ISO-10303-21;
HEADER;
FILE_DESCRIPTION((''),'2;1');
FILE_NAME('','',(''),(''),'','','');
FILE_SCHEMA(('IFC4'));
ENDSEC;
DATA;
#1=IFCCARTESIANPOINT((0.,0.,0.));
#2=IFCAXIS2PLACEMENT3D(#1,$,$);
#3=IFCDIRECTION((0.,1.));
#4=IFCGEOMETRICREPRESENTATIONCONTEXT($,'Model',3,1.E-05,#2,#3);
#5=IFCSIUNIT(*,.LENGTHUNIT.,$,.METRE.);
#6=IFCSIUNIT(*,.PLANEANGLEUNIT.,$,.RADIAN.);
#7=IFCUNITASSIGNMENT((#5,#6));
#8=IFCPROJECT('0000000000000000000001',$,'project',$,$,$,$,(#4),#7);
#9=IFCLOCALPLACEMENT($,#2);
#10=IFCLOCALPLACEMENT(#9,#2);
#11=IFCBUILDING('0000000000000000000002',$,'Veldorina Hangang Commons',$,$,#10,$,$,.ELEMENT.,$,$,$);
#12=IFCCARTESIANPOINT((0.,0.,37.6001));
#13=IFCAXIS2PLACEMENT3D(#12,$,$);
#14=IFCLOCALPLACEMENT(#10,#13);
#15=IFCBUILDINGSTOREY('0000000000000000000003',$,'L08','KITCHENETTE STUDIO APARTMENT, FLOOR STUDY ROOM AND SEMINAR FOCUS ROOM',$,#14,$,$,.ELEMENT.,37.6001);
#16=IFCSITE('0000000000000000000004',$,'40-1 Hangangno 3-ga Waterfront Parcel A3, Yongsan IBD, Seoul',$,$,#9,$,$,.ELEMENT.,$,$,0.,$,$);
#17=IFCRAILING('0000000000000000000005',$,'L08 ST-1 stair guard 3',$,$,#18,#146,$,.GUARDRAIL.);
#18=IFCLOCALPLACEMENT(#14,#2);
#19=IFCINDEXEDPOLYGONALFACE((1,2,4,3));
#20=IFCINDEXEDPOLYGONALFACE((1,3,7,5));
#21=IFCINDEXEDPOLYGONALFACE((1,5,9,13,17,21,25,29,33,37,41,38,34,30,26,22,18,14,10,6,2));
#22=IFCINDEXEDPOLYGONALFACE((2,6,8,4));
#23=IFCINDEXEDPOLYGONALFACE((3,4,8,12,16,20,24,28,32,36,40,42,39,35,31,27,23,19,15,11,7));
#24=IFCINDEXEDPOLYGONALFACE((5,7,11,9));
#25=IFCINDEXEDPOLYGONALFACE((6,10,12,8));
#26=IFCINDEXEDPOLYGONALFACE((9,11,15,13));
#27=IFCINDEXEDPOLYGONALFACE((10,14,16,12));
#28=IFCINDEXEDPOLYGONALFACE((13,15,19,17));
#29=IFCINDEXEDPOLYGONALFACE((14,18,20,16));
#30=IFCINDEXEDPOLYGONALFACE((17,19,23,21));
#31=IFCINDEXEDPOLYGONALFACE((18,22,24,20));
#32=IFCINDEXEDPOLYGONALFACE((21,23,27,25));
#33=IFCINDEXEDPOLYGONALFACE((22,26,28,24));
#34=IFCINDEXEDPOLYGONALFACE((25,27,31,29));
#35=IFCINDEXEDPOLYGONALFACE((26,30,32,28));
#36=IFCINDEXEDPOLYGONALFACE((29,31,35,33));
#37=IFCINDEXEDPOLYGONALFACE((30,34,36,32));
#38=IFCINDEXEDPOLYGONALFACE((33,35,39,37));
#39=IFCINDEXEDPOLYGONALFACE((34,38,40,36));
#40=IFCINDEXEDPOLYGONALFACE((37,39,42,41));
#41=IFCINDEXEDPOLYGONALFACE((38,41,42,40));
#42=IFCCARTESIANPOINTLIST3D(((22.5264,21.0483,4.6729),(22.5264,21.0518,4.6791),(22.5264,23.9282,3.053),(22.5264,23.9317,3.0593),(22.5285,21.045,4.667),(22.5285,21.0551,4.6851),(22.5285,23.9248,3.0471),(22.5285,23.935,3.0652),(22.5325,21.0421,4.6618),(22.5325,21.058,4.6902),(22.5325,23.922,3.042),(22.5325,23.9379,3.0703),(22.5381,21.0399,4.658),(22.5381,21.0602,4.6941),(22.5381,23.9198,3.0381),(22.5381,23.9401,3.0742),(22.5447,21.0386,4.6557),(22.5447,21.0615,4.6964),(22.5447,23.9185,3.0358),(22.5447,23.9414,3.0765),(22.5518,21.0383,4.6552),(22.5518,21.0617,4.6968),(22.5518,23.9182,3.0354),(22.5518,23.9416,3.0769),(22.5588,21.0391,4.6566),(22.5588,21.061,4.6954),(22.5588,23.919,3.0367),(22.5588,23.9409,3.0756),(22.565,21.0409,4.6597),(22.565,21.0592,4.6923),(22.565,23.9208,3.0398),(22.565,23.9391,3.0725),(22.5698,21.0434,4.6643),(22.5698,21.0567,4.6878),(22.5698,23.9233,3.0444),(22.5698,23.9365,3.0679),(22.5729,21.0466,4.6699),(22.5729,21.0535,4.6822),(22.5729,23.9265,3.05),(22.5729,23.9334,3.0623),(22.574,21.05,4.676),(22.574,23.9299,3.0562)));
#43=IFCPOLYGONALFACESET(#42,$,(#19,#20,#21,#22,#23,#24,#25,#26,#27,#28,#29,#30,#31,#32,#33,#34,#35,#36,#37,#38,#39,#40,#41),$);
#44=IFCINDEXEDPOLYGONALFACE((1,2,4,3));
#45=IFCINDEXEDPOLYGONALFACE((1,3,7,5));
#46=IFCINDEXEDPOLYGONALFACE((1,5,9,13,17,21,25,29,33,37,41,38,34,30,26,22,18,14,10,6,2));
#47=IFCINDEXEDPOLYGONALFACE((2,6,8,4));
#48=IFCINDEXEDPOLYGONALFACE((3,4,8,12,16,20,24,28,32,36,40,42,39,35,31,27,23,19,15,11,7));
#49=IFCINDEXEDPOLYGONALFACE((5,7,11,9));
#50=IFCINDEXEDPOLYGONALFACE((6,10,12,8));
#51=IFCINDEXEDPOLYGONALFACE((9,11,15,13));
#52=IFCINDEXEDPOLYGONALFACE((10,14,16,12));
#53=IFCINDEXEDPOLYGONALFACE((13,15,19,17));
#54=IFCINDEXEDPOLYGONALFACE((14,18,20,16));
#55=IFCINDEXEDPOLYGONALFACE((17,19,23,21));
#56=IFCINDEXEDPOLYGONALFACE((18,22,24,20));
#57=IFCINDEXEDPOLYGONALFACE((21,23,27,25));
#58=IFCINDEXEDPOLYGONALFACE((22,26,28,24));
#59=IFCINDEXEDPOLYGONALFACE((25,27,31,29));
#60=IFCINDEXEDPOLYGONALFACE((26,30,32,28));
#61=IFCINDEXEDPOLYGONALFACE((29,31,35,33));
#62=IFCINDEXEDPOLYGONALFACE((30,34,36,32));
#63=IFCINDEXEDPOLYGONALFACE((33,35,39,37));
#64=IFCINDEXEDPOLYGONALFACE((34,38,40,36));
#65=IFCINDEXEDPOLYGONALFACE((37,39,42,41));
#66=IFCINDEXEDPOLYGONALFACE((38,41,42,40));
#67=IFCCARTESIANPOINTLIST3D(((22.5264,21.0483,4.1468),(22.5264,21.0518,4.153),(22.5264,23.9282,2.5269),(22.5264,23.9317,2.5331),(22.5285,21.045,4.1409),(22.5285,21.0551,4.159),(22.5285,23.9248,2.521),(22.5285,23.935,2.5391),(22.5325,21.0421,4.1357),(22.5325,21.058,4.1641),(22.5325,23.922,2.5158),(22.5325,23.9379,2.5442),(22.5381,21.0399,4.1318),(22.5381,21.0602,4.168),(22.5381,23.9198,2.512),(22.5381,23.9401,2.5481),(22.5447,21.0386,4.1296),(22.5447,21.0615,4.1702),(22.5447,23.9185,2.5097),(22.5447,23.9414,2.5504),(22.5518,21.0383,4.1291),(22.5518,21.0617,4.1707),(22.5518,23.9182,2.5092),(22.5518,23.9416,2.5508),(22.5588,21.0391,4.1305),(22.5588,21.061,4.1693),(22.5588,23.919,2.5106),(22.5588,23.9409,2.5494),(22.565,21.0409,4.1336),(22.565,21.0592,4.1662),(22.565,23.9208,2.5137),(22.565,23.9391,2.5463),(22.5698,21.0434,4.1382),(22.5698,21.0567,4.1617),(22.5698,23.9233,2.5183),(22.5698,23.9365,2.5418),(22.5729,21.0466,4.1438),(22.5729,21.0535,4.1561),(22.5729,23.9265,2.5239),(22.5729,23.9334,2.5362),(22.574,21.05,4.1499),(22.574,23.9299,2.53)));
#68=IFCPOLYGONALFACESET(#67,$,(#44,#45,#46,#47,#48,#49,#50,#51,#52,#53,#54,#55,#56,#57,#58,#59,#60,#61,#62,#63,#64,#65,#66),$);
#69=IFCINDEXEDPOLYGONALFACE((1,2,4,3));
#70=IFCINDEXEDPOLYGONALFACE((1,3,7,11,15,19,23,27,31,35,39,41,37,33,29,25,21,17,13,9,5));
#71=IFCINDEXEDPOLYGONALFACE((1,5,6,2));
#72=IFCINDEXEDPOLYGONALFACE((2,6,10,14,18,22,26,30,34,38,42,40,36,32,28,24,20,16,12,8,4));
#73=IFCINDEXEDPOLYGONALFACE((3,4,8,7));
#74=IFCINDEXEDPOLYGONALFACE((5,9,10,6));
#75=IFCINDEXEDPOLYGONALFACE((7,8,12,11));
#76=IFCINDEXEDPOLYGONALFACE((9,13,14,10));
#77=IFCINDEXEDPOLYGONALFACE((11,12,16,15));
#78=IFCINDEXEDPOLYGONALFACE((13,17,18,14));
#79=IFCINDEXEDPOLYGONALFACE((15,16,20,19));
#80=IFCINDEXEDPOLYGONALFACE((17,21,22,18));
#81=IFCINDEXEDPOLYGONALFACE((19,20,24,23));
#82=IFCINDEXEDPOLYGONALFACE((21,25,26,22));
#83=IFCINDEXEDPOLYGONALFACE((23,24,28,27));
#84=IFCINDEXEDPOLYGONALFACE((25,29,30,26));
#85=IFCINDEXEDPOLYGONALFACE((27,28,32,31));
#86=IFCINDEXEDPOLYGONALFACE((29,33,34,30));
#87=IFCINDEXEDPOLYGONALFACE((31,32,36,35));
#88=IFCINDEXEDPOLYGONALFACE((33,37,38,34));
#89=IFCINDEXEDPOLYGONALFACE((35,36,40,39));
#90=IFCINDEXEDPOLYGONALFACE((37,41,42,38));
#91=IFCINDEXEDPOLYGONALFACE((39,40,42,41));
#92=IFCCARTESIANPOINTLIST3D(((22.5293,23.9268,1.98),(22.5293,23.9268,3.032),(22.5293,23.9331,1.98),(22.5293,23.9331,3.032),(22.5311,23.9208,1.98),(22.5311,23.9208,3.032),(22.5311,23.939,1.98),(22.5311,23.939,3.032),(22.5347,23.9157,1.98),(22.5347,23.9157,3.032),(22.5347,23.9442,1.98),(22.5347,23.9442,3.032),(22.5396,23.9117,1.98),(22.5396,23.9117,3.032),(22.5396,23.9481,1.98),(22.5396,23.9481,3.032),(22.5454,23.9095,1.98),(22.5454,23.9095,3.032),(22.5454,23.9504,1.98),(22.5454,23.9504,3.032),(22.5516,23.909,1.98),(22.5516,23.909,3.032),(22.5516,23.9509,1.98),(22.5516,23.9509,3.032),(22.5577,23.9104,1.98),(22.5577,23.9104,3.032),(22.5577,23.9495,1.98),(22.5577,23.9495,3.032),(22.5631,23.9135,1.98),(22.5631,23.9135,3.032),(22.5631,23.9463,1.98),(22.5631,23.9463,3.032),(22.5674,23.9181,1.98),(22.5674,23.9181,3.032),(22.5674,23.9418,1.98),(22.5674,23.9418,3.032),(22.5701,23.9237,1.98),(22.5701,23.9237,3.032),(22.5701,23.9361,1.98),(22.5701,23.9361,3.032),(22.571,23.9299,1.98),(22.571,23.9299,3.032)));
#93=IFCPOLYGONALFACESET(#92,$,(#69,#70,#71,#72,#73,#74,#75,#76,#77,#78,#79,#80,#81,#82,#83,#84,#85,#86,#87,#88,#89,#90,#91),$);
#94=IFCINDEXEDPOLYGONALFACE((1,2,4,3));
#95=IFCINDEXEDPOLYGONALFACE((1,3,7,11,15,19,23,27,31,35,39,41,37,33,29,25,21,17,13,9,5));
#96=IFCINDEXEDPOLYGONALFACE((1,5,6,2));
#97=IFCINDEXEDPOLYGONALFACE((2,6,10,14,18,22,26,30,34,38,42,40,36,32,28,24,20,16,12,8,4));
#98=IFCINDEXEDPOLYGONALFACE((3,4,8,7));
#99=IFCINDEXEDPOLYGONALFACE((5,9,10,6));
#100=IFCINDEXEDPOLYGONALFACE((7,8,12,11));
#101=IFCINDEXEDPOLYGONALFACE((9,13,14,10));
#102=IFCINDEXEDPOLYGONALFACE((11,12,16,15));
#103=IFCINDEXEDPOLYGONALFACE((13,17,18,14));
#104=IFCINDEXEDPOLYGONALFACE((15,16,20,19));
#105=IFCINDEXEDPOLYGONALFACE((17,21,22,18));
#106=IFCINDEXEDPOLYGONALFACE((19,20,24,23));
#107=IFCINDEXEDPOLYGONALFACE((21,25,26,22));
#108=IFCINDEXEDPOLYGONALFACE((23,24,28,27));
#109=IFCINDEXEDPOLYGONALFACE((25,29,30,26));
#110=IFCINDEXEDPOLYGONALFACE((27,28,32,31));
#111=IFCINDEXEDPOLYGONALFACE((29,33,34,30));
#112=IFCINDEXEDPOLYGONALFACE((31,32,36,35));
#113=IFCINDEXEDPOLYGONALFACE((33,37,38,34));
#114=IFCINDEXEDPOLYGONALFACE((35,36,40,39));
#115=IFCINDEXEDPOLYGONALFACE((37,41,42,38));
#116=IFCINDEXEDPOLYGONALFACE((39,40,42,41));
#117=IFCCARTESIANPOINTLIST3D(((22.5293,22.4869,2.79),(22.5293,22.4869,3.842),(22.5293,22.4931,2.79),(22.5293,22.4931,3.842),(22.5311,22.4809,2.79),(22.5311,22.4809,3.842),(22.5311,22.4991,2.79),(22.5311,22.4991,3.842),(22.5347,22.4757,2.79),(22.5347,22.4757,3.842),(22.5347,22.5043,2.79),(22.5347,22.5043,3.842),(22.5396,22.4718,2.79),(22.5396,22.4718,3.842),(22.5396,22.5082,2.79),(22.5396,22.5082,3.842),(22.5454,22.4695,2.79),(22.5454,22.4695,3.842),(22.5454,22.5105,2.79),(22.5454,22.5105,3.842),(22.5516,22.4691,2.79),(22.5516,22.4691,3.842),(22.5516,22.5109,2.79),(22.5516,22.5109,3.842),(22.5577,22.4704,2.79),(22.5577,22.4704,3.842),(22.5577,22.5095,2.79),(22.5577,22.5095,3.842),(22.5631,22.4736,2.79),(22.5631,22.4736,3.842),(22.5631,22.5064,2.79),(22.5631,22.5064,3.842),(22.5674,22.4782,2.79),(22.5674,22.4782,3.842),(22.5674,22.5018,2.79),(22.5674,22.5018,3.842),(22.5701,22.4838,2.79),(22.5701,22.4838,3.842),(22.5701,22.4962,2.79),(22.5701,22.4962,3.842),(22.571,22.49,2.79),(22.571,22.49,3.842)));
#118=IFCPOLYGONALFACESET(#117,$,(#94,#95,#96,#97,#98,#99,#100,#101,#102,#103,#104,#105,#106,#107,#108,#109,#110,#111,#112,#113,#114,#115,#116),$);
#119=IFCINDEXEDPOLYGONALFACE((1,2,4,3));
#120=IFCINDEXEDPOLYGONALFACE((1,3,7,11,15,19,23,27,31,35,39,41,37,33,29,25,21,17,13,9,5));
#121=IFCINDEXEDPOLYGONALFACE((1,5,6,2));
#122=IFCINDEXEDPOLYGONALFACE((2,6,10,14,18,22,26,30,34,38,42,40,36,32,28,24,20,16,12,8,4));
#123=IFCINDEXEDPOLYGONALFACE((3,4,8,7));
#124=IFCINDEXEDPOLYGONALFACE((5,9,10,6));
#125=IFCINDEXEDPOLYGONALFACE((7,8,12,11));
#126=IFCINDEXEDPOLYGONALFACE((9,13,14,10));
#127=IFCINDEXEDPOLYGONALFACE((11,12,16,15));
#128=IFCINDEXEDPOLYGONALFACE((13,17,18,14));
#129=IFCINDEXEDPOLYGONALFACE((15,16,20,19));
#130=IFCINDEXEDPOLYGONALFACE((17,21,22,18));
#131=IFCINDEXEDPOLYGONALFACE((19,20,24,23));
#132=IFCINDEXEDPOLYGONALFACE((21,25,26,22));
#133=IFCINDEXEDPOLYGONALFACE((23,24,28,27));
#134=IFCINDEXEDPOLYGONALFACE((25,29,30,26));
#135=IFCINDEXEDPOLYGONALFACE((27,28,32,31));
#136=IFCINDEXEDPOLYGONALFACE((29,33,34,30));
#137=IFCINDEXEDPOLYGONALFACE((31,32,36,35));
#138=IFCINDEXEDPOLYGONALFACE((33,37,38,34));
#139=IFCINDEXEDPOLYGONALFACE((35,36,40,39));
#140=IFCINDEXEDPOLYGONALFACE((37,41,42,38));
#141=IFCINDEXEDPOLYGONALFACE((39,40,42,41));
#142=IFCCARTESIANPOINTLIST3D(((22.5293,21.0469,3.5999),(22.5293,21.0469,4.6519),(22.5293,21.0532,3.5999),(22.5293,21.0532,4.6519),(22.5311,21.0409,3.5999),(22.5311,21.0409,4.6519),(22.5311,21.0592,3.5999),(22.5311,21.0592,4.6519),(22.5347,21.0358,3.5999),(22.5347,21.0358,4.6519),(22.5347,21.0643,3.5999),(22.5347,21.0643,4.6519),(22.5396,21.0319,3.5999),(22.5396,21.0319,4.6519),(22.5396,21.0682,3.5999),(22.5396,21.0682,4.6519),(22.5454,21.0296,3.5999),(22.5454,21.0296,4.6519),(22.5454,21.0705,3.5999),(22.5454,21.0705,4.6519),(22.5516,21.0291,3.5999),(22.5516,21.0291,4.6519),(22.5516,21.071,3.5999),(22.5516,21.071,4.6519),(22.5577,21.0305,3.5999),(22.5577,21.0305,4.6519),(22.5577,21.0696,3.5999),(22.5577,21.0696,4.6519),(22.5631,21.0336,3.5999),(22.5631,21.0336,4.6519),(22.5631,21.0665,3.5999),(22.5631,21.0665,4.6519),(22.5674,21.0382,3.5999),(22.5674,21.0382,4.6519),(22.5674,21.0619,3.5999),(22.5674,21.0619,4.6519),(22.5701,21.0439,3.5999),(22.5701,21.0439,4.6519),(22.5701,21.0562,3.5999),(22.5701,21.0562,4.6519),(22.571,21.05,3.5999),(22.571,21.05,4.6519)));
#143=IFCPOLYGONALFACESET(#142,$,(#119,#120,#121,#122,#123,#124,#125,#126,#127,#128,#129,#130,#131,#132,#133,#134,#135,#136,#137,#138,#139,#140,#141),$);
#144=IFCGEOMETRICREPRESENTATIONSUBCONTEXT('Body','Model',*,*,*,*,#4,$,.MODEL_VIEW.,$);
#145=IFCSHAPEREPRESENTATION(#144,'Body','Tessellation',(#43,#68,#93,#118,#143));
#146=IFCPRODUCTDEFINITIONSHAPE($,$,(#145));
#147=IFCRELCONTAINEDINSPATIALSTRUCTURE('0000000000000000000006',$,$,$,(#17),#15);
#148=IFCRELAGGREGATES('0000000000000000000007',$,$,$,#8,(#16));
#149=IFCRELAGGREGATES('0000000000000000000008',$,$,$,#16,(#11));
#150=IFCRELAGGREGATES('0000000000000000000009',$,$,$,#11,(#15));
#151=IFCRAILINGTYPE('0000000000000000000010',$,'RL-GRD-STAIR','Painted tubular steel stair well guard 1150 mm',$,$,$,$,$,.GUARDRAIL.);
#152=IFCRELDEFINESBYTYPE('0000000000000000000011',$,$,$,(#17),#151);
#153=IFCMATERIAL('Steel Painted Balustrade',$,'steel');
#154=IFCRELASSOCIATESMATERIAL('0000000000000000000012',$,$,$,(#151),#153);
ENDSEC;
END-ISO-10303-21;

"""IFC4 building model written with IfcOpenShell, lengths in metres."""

from ifc_helpers import new_model, si_unit, direction, frame, origin, origin_2d, place, context, subcontext, project, spatial, circle, extrude, material, type_object, element, save


model = new_model("IFC4")

# Units and contexts
model_context = context("Model", 3, precision=1e-05, world=origin(), true_north=direction((0.0, 1.0)))
body_context = subcontext(model_context, "Body", "Model", "MODEL_VIEW")
ifc_project = project(units=[si_unit("LENGTHUNIT", "METRE"), si_unit("PLANEANGLEUNIT", "RADIAN")], contexts=[model_context])

# Site, building, storey
site_placement = place(None, origin())
site = spatial("IfcSite", under=ifc_project, at=site_placement, Name="40-1 Hangangno 3-ga Waterfront Parcel A3, Yongsan IBD, Seoul", CompositionType="ELEMENT", RefElevation=0.0)
building_placement = place(site_placement, origin())
building = spatial("IfcBuilding", under=site, at=building_placement, Name="Veldorina Hangang Commons", CompositionType="ELEMENT")
storey_placement = place(building_placement, frame((0.0, 0.0, 37.6001)))
storey = spatial("IfcBuildingStorey", under=building, at=storey_placement, Name="L08", Description="KITCHENETTE STUDIO APARTMENT, FLOOR STUDY ROOM AND SEMINAR FOCUS ROOM", CompositionType="ELEMENT", Elevation=37.6001)

# Railing
ifc_material_1 = material(Name="Steel Painted Balustrade", Category="steel")
railing_type_1 = type_object("IfcRailingType", Name="RL-GRD-STAIR", Description="Painted tubular steel stair well guard 1150 mm", PredefinedType="GUARDRAIL", material=ifc_material_1)
railing_1_placement = place(storey_placement, frame((22.55, 23.9299, 1.98)))
element("IfcRailing", 1, at=railing_1_placement, inside=storey, type_object=railing_type_1, Name="L08 ST-1 stair guard 3", PredefinedType="GUARDRAIL", context=body_context, shape_type="SweptSolid", body=[
    extrude(circle(Radius=0.0239, at=origin_2d()), frame((0.0, 0.0, 1.0762), z_axis=(0.0, -0.871583, 0.490247), x_axis=(1.0, 0.0, 0.0)), (0.0, 0.0, 1.0), 3.3042),
    extrude(circle(Radius=0.0239, at=origin_2d()), frame((0.0, 0.0, 0.55), z_axis=(0.0, -0.871583, 0.490247), x_axis=(1.0, 0.0, 0.0)), (0.0, 0.0, 1.0), 3.3042),
    extrude(circle(Radius=0.021, at=origin_2d()), origin(), (0.0, 0.0, 1.0), 1.052),
    extrude(circle(Radius=0.021, at=origin_2d()), frame((0.0, -1.4399, 0.8101)), (0.0, 0.0, 1.0), 1.052),
    extrude(circle(Radius=0.021, at=origin_2d()), frame((0.0, -2.8799, 1.6199)), (0.0, 0.0, 1.0), 1.052),
])

save(model, "model.ifc")
